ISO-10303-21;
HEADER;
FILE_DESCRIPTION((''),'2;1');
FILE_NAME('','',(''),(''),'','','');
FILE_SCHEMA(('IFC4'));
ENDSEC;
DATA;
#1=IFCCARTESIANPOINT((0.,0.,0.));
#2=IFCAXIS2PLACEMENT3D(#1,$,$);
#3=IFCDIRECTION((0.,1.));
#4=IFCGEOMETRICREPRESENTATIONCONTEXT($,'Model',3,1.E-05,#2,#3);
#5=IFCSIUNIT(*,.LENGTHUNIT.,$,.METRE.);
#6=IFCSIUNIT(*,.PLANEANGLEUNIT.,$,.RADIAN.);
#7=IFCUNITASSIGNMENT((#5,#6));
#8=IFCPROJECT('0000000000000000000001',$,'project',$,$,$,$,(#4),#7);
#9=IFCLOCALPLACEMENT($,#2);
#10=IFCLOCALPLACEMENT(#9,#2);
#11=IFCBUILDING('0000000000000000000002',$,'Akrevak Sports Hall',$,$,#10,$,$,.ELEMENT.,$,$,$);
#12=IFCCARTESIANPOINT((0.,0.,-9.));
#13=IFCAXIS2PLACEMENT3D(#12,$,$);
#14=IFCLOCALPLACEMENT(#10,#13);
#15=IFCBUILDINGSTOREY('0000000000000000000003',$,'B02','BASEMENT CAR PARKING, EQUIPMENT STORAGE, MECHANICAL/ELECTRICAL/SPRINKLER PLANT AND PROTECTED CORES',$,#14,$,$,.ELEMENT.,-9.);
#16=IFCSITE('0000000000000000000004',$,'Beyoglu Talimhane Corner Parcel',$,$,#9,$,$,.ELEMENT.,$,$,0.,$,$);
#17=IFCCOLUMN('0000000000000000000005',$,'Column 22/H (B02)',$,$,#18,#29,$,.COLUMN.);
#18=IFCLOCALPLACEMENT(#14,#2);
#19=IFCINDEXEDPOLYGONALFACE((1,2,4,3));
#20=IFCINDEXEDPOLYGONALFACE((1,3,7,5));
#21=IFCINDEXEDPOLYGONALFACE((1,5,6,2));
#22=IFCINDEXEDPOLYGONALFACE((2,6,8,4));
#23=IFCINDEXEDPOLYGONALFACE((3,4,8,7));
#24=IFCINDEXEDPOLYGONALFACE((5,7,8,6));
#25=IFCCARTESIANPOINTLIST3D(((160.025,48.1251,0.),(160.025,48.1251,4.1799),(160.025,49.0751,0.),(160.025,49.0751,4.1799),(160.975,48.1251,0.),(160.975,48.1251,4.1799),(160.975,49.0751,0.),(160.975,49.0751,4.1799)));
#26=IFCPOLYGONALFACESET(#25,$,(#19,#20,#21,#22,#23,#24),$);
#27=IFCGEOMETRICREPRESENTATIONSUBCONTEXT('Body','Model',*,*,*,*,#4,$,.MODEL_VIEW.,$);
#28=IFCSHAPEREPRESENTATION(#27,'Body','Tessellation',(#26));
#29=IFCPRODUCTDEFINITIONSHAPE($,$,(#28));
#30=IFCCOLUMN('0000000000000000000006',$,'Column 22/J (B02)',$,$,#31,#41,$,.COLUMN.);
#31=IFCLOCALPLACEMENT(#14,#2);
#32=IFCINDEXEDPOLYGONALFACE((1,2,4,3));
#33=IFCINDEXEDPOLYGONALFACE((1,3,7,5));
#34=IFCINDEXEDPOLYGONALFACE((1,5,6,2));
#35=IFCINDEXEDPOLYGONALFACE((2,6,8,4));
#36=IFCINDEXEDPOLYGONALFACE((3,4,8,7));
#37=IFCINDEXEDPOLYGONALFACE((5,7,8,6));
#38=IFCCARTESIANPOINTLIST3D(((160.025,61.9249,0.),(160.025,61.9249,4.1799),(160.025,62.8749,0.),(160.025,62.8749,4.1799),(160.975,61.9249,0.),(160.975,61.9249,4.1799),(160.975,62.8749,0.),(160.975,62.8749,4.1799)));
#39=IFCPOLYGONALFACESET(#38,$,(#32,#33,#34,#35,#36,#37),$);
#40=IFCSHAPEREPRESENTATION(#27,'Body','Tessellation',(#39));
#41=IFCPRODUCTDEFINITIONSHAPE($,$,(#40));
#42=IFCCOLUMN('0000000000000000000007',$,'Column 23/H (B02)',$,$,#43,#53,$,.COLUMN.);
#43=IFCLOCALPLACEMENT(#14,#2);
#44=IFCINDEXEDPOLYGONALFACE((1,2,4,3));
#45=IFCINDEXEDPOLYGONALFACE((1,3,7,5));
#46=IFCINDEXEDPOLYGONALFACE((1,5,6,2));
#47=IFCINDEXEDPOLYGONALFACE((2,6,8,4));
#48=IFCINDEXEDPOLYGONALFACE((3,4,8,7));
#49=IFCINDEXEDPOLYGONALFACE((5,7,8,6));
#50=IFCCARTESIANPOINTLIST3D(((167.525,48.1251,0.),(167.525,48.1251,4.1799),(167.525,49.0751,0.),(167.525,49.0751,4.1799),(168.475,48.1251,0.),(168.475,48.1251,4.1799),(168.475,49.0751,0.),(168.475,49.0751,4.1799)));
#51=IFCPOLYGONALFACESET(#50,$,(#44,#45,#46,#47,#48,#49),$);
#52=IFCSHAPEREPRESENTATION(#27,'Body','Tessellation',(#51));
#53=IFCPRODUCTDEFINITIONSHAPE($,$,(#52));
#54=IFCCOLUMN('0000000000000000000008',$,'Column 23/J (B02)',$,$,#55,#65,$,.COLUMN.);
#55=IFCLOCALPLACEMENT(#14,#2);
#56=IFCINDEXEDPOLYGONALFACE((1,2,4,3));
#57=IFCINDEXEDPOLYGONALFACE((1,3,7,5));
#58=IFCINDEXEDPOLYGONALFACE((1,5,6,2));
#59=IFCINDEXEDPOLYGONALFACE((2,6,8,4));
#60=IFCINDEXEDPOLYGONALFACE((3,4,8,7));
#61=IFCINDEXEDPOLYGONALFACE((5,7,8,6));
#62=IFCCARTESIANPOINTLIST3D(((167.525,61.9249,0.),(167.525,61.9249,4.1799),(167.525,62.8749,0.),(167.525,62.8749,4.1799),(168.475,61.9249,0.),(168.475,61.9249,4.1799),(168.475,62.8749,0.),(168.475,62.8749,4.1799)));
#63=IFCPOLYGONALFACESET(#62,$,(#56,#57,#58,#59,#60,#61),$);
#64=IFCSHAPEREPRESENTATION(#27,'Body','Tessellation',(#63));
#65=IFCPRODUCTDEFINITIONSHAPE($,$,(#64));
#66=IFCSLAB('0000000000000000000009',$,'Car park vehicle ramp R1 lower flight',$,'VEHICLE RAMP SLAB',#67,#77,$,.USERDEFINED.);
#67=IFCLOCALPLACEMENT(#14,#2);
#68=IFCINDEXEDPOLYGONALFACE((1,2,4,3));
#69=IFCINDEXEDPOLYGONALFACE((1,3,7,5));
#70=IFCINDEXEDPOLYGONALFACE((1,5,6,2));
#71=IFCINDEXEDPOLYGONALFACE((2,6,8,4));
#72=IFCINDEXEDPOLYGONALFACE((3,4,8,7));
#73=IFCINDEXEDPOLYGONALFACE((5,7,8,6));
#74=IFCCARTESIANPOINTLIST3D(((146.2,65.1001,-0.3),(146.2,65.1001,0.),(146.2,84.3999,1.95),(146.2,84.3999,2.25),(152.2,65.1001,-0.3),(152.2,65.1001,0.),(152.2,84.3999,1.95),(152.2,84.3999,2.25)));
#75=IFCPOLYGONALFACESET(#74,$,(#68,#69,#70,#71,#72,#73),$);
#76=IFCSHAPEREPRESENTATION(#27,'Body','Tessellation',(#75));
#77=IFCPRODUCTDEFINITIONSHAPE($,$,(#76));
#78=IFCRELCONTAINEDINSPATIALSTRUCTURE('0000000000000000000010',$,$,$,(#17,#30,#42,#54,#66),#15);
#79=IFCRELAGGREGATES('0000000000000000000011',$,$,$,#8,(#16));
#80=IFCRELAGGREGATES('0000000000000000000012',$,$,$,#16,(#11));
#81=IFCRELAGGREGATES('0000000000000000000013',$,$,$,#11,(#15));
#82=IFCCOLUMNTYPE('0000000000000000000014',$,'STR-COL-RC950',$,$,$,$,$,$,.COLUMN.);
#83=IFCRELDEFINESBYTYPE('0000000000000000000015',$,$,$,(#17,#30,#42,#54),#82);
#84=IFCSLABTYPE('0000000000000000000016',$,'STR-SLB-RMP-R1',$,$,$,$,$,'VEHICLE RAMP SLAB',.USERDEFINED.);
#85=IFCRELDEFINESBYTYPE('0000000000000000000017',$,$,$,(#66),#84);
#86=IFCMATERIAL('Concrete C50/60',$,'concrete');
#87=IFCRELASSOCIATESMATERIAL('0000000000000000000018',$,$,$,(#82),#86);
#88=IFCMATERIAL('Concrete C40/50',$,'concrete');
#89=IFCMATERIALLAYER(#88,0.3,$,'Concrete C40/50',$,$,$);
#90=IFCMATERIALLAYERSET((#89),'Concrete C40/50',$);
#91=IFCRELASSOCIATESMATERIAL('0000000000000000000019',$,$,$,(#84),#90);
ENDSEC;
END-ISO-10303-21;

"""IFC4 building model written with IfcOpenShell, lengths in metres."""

from ifc_helpers import new_model, si_unit, direction, frame, origin, origin_2d, place, context, subcontext, project, spatial, polyline, rectangle, outline, extrude, material, layer, layer_set, material_profile, profile_set, type_object, element, save


model = new_model("IFC4")

# Units and contexts
model_context = context("Model", 3, precision=1e-05, world=origin(), true_north=direction((0.0, 1.0)))
body_context = subcontext(model_context, "Body", "Model", "MODEL_VIEW")
ifc_project = project(units=[si_unit("LENGTHUNIT", "METRE"), si_unit("PLANEANGLEUNIT", "RADIAN")], contexts=[model_context])

# Site, building, storey
site_placement = place(None, origin())
site = spatial("IfcSite", under=ifc_project, at=site_placement, Name="Beyoglu Talimhane Corner Parcel", CompositionType="ELEMENT", RefElevation=0.0)
building_placement = place(site_placement, origin())
building = spatial("IfcBuilding", under=site, at=building_placement, Name="Akrevak Sports Hall", CompositionType="ELEMENT")
storey_placement = place(building_placement, frame((0.0, 0.0, -9.0)))
storey = spatial("IfcBuildingStorey", under=building, at=storey_placement, Name="B02", Description="BASEMENT CAR PARKING, EQUIPMENT STORAGE, MECHANICAL/ELECTRICAL/SPRINKLER PLANT AND PROTECTED CORES", CompositionType="ELEMENT", Elevation=-9.0)

# Shared definitions
ifc_material_1 = material(Name="Concrete C40/50", Category="concrete")

# Columns
ifc_material_2 = material(Name="Concrete C50/60", Category="concrete")
ifc_material_profile_1 = material_profile(ifc_material_2, rectangle(XDim=0.95, YDim=0.95, at=origin_2d()), Name="RC 950x950", Category="concrete")
ifc_profile_set_1 = profile_set([ifc_material_profile_1], Name="Concrete C50/60")
column_type_1 = type_object("IfcColumnType", Name="STR-COL-RC950", PredefinedType="COLUMN", material=ifc_profile_set_1)
for number, where, z_axis, x_axis, name in (
    (1, (160.5, 48.6001, 0.0), (0.0, 0.0, 1.0), (1.0, 0.0, 0.0), "Column 22/H (B02)"),
    (2, (160.5, 62.3999, 0.0), (0.0, 0.0, 1.0), (1.0, 0.0, 0.0), "Column 22/J (B02)"),
    (3, (168.0, 48.6001, 0.0), (0.0, 0.0, 1.0), (1.0, 0.0, 0.0), "Column 23/H (B02)"),
    (4, (168.0, 62.3999, 0.0), (0.0, 0.0, 1.0), (1.0, 0.0, 0.0), "Column 23/J (B02)"),
):
    element("IfcColumn", number, at=place(storey_placement, frame(where, z_axis=z_axis, x_axis=x_axis)), inside=storey, type_object=column_type_1, Name=name, PredefinedType="COLUMN", context=body_context, shape_type="SweptSolid", body=[
        extrude(rectangle(XDim=0.95, YDim=0.95, at=origin_2d()), origin(), (0.0, 0.0, 1.0), 4.1799),
    ])

# Slab
ifc_layer_1 = layer(ifc_material_1, 0.3, Name="Concrete C40/50")
ifc_layer_set_1 = layer_set([ifc_layer_1], Name="Concrete C40/50")
slab_type = type_object("IfcSlabType", Name="STR-SLB-RMP-R1", ElementType="VEHICLE RAMP SLAB", PredefinedType="USERDEFINED", material=ifc_layer_set_1)
slab_placement = place(storey_placement, frame((149.2, 65.1001, 0.0), z_axis=(0.0, 0.0, 1.0), x_axis=(0.0, 1.0, 0.0)))
element("IfcSlab", 5, at=slab_placement, inside=storey, type_object=slab_type, Name="Car park vehicle ramp R1 lower flight", ObjectType="VEHICLE RAMP SLAB", PredefinedType="USERDEFINED", context=body_context, shape_type="SweptSolid", body=[
    extrude(outline(polyline([(0.0, 0.0), (19.2998, 2.25), (19.2998, 1.95), (0.0, -0.3), (0.0, 0.0)])), frame((0.0, 3.0, 0.0), z_axis=(0.0, -1.0, 0.0), x_axis=(1.0, 0.0, 0.0)), (0.0, 0.0, 1.0), 6.0),
])

save(model, "model.ifc")
